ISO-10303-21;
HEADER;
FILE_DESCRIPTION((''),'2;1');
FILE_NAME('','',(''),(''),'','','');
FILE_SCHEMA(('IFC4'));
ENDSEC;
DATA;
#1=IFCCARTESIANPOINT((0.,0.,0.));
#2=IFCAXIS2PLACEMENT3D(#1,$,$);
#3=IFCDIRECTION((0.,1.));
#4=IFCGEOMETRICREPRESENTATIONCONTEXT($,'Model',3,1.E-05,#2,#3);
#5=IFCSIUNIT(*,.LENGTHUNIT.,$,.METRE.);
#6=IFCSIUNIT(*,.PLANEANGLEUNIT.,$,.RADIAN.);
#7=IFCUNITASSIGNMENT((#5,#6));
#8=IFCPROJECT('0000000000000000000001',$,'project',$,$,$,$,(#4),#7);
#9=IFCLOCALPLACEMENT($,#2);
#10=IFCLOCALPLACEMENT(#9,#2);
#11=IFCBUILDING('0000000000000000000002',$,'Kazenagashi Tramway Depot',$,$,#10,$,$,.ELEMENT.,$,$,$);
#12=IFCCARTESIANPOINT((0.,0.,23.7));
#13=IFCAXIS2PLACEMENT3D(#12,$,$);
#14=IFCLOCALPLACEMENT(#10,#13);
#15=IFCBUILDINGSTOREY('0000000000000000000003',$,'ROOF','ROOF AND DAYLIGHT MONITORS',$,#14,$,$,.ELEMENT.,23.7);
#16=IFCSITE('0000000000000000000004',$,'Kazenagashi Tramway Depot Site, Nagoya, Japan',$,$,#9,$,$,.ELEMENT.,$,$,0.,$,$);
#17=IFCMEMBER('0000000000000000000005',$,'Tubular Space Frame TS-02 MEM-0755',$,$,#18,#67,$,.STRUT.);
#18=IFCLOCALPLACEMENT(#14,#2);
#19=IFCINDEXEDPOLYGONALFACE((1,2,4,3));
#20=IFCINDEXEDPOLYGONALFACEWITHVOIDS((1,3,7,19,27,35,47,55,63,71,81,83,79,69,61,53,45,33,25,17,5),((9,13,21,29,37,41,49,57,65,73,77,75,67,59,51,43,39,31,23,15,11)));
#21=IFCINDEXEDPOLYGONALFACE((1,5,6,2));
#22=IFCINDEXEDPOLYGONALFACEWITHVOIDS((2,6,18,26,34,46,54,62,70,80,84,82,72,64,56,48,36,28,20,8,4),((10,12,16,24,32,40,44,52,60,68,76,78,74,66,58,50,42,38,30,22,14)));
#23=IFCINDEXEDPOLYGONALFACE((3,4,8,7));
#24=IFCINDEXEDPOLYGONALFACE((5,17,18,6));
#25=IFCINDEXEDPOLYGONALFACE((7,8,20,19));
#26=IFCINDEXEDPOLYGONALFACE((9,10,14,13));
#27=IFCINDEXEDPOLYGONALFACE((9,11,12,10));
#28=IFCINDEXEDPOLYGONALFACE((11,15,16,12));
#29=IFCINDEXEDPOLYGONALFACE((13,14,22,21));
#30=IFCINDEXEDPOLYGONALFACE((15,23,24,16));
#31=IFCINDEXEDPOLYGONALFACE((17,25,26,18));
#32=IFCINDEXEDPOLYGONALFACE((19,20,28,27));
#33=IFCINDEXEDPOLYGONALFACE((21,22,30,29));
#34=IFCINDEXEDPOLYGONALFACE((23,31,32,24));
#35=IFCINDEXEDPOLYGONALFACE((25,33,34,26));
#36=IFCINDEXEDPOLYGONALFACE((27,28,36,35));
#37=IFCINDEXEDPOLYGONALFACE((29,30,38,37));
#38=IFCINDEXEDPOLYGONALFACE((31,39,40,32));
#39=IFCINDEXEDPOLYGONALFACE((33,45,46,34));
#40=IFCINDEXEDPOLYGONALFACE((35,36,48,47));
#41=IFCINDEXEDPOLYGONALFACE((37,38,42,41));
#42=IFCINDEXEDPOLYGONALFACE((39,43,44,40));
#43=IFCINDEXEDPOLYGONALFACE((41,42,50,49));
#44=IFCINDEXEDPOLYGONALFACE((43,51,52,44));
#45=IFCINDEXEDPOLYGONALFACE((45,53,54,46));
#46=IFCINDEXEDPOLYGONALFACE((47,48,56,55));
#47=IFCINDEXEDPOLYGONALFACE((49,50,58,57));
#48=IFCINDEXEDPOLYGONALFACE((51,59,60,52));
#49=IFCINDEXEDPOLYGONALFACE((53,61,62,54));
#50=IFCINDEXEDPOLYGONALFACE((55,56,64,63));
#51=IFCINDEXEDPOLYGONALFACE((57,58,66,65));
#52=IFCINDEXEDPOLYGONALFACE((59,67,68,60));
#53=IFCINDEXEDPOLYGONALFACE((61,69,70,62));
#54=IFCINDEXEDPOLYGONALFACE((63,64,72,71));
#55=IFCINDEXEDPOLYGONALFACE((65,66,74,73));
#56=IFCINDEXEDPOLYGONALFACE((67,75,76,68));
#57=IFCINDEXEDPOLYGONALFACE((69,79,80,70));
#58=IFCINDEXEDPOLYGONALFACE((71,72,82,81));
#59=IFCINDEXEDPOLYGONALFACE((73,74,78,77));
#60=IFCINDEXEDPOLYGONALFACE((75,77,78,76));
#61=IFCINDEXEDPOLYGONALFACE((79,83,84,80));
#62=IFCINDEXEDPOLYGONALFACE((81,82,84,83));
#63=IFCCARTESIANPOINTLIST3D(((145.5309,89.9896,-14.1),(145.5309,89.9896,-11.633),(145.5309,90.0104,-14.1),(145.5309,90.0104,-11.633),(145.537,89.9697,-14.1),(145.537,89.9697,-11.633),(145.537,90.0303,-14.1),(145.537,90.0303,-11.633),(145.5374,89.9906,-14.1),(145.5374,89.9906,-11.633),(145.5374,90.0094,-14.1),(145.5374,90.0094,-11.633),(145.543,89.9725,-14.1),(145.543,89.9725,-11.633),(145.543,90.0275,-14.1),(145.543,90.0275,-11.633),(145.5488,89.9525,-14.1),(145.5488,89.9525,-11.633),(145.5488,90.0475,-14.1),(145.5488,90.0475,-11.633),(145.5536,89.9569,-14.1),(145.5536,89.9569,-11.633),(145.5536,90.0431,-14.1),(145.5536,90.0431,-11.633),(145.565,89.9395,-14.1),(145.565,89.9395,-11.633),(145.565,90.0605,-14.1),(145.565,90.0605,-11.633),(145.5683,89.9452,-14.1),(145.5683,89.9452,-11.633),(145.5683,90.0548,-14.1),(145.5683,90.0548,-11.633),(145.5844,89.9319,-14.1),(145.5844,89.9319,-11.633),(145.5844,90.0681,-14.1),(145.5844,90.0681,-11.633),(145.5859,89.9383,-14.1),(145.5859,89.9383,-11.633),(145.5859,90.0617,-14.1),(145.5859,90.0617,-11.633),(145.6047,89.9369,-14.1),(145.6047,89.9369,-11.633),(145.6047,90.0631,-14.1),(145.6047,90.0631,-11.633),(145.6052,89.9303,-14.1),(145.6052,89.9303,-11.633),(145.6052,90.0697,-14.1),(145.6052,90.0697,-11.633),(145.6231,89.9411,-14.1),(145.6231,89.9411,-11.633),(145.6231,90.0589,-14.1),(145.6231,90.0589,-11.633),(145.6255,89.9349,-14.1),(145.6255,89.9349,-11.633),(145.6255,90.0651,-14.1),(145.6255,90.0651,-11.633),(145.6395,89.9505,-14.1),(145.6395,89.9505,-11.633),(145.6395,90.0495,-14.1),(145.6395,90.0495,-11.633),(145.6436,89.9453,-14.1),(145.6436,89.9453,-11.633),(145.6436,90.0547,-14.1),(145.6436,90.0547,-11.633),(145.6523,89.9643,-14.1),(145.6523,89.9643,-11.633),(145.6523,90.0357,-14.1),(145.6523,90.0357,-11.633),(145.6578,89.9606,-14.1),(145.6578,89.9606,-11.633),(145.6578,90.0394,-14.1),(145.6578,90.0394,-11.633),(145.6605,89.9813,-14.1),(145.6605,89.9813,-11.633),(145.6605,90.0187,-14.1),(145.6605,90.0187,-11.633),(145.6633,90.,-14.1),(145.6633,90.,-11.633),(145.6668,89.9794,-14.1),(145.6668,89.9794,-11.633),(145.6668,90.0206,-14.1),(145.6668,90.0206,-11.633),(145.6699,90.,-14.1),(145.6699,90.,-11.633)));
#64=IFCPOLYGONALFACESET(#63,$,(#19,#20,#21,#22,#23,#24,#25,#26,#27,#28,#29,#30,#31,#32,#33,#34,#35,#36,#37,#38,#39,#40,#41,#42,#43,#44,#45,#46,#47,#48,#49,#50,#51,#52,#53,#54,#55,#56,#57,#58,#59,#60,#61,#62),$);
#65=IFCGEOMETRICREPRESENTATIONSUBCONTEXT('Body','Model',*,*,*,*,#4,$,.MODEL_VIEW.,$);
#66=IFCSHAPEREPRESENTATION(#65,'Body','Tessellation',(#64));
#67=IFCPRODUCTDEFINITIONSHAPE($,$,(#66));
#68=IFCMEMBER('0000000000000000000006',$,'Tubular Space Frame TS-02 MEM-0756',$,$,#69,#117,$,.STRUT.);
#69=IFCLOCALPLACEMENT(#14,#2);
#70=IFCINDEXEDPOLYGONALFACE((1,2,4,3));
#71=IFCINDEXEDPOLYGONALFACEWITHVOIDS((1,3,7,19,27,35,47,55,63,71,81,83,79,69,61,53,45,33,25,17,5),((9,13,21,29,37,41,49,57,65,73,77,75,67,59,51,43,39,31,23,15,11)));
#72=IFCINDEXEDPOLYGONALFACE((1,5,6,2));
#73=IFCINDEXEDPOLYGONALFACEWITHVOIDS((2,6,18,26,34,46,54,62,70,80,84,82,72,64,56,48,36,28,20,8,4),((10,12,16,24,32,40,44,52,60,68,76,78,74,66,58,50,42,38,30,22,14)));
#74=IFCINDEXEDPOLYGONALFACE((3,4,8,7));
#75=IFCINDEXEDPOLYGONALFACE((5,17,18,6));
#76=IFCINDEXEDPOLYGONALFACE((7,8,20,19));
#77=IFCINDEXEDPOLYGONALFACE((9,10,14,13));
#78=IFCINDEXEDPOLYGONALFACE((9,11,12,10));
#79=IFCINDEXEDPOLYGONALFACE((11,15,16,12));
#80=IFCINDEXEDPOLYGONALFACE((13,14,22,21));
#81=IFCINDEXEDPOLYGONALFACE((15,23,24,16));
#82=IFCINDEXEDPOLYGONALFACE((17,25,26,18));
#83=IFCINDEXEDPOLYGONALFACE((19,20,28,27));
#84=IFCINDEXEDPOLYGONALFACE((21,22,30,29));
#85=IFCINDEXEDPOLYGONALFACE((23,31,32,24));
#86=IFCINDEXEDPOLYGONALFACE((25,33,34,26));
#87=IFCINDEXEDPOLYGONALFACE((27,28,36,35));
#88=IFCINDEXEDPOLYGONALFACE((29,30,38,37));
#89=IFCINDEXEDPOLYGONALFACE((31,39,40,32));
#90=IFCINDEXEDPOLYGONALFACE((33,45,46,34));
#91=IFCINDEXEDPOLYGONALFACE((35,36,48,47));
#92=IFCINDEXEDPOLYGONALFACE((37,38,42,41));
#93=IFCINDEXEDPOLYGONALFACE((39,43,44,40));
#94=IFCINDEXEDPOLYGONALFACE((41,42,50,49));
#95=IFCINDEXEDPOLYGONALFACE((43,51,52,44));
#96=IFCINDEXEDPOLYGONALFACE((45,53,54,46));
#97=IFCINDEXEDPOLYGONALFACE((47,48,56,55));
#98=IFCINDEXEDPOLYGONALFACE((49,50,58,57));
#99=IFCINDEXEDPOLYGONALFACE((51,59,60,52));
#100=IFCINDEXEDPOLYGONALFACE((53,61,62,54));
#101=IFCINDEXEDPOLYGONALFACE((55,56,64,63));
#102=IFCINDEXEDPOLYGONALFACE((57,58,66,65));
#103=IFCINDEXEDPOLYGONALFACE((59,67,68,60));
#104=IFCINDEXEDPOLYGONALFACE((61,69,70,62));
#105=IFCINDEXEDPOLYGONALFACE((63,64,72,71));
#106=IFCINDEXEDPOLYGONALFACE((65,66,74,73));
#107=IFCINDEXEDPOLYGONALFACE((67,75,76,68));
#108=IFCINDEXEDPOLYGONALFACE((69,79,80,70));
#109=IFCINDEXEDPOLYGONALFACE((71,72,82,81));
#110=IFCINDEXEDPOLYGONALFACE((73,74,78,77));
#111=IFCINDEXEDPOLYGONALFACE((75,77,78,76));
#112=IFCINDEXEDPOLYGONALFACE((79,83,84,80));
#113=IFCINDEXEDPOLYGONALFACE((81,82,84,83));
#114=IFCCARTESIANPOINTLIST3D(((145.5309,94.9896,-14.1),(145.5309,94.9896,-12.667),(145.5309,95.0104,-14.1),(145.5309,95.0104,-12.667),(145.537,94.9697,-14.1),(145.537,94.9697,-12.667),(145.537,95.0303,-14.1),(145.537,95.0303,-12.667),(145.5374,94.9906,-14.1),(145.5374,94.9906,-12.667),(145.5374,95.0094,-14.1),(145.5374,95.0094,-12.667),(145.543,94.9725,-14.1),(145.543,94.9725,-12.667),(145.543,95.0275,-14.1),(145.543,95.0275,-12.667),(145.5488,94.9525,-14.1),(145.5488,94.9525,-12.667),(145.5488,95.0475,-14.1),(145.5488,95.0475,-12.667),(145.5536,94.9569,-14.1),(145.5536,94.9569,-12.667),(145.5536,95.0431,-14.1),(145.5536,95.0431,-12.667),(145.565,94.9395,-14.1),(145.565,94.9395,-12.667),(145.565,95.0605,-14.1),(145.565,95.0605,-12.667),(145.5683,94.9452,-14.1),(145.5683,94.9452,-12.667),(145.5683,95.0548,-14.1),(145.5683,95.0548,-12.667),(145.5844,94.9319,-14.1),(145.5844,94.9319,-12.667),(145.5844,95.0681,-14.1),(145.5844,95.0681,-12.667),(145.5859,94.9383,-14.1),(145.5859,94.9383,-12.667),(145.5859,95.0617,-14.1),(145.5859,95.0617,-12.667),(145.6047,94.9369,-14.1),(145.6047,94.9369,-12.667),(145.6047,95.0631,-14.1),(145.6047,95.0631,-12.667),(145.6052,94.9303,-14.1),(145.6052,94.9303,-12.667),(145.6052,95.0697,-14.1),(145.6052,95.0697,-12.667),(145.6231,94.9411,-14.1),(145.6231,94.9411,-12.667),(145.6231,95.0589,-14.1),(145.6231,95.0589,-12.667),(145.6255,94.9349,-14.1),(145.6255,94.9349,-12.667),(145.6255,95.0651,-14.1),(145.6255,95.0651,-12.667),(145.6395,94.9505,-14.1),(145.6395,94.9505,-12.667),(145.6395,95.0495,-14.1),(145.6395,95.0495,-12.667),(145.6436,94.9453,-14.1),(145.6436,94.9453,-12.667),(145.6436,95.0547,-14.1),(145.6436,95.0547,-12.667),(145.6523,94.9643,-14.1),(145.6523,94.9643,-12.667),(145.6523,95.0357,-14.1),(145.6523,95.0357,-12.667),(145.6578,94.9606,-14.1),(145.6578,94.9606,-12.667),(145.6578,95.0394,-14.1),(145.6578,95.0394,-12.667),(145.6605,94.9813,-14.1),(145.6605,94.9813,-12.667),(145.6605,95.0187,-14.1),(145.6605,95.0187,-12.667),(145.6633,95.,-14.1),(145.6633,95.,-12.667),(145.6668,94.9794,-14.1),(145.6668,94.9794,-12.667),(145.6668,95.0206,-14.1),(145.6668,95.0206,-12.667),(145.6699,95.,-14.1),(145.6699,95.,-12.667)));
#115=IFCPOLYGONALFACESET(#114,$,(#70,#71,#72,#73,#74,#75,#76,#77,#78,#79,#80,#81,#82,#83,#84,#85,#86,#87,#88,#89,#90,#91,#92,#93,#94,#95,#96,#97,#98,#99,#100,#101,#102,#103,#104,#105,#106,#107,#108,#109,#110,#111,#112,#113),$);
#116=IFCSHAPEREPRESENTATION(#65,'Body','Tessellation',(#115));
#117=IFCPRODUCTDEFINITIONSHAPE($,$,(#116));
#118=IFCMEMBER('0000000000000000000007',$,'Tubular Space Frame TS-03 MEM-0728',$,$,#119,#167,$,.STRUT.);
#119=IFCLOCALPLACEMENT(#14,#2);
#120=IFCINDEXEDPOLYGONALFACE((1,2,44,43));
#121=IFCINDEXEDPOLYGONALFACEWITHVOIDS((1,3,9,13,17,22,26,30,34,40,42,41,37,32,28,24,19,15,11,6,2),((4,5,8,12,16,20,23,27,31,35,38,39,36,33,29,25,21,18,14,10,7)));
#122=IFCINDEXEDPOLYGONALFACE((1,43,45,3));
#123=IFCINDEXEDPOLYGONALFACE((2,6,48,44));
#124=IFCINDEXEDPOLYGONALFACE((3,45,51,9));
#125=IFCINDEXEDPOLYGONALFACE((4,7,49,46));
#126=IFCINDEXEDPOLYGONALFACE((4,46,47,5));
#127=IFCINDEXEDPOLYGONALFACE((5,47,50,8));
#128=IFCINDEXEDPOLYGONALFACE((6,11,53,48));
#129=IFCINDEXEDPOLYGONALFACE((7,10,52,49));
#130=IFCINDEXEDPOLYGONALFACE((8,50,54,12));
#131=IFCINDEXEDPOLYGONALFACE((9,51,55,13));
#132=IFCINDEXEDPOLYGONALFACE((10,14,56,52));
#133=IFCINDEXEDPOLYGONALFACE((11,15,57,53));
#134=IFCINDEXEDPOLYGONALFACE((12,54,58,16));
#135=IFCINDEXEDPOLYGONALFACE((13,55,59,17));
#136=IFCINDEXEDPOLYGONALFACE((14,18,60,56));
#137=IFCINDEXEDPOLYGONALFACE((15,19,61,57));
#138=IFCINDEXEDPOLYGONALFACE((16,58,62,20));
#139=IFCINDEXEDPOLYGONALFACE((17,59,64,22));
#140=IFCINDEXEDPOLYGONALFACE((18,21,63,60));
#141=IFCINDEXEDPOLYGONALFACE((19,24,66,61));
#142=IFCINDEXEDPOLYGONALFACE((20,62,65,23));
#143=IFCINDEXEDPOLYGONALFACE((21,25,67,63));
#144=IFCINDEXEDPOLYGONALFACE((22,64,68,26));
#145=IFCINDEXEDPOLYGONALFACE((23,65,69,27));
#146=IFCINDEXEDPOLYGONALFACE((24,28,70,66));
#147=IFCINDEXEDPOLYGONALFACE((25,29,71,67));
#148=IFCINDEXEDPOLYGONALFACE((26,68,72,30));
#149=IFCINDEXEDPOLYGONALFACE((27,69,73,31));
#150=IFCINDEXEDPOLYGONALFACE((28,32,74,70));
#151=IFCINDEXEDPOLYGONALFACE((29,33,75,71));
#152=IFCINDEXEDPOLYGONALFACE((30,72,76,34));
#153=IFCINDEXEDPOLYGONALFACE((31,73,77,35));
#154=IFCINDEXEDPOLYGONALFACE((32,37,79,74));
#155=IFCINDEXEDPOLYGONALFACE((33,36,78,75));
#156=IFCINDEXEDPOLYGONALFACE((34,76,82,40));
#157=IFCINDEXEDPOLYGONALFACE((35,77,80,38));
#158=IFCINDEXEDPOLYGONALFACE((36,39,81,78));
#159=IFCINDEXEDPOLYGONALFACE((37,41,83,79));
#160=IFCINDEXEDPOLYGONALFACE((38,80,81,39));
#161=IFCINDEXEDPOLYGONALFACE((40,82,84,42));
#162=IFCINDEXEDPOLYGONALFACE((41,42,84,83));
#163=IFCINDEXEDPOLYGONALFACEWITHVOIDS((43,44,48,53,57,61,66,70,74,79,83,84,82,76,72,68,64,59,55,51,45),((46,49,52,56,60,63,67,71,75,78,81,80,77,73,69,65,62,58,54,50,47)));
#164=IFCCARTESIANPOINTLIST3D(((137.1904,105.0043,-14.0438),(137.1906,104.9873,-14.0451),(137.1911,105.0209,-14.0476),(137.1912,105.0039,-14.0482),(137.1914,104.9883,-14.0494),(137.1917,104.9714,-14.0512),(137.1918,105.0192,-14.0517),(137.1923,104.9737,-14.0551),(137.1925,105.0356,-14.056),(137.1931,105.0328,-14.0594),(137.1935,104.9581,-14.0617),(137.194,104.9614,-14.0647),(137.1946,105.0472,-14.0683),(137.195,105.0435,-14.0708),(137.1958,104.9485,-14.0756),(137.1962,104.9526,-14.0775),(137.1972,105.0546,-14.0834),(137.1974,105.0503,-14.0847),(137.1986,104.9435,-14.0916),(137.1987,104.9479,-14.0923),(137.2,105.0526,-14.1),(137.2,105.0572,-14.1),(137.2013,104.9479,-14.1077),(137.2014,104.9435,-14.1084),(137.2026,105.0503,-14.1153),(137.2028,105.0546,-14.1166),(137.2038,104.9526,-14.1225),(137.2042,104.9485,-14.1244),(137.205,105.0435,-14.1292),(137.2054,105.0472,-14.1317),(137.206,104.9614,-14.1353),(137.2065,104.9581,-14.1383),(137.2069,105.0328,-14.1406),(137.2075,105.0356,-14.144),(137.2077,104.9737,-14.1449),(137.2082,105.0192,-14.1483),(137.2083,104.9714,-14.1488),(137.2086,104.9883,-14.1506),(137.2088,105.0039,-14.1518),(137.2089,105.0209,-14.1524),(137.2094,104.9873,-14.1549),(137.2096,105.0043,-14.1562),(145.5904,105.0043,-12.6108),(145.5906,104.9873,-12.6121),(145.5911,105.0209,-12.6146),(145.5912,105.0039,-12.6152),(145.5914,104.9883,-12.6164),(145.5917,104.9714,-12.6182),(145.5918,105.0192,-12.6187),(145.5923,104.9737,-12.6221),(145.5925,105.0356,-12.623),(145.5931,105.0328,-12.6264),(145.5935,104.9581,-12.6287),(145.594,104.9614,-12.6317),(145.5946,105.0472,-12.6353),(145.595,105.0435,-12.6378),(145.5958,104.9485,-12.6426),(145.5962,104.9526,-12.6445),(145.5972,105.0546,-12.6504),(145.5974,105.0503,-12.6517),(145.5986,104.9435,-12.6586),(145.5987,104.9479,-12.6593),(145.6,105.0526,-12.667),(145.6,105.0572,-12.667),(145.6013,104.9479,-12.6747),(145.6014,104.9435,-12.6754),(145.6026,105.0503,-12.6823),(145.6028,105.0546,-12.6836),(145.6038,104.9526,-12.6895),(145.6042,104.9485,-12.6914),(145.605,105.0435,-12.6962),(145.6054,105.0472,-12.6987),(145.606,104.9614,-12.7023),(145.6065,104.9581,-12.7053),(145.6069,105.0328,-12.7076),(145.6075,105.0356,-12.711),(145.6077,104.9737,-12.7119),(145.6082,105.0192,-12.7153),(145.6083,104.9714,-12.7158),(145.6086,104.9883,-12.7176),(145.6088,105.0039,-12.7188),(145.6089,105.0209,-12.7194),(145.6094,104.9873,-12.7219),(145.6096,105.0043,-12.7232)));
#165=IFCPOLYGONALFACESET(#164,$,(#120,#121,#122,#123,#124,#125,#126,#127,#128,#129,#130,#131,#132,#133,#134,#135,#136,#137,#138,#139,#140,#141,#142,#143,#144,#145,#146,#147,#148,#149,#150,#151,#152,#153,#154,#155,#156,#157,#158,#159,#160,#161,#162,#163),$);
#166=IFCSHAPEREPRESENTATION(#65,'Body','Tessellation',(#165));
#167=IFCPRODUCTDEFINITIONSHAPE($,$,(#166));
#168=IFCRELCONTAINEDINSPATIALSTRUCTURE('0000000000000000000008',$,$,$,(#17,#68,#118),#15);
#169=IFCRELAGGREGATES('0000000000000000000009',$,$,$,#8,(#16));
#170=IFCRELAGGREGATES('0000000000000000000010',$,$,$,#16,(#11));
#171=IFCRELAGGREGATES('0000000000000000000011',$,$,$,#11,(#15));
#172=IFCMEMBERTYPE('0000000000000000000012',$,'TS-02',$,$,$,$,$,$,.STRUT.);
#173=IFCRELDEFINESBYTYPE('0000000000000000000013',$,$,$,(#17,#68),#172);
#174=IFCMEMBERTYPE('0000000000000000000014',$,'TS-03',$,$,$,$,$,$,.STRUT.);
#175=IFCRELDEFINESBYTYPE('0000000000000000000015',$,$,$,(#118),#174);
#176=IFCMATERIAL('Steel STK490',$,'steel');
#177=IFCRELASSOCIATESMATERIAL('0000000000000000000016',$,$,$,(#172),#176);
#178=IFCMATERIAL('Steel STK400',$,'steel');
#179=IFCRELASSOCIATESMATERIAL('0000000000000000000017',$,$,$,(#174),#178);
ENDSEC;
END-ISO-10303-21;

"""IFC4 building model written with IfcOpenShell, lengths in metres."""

from ifc_helpers import new_model, si_unit, direction, frame, origin, origin_2d, place, context, subcontext, project, spatial, hollow_circle, extrude, material, material_profile, profile_set, type_object, element, save


model = new_model("IFC4")

# Units and contexts
model_context = context("Model", 3, precision=1e-05, world=origin(), true_north=direction((0.0, 1.0)))
body_context = subcontext(model_context, "Body", "Model", "MODEL_VIEW")
ifc_project = project(units=[si_unit("LENGTHUNIT", "METRE"), si_unit("PLANEANGLEUNIT", "RADIAN")], contexts=[model_context])

# Site, building, storey
site_placement = place(None, origin())
site = spatial("IfcSite", under=ifc_project, at=site_placement, Name="Kazenagashi Tramway Depot Site, Nagoya, Japan", CompositionType="ELEMENT", RefElevation=0.0)
building_placement = place(site_placement, origin())
building = spatial("IfcBuilding", under=site, at=building_placement, Name="Kazenagashi Tramway Depot", CompositionType="ELEMENT")
storey_placement = place(building_placement, frame((0.0, 0.0, 23.7)))
storey = spatial("IfcBuildingStorey", under=building, at=storey_placement, Name="ROOF", Description="ROOF AND DAYLIGHT MONITORS", CompositionType="ELEMENT", Elevation=23.7)

# Members
ifc_material_1 = material(Name="Steel STK490", Category="steel")
ifc_material_profile_1 = material_profile(ifc_material_1, hollow_circle(Radius=0.0699, WallThickness=0.0066, at=origin_2d()), Name="CHS-139.8x6.6")
ifc_profile_set_1 = profile_set([ifc_material_profile_1], Name="Steel STK490")
member_type_1 = type_object("IfcMemberType", Name="TS-02", PredefinedType="STRUT", material=ifc_profile_set_1)
member_1_placement = place(storey_placement, frame((145.6, 90.0, -14.1), z_axis=(0.0, 0.0, 1.0), x_axis=(1.0, 0.0, 0.0)))
element("IfcMember", 1, at=member_1_placement, inside=storey, type_object=member_type_1, Name="Tubular Space Frame TS-02 MEM-0755", PredefinedType="STRUT", context=body_context, shape_type="SweptSolid", body=[
    extrude(hollow_circle(Radius=0.0699, WallThickness=0.0066, at=origin_2d()), origin(), (0.0, 0.0, 1.0), 2.467),
])
member_2_placement = place(storey_placement, frame((145.6, 95.0, -14.1), z_axis=(0.0, 0.0, 1.0), x_axis=(1.0, 0.0, 0.0)))
element("IfcMember", 2, at=member_2_placement, inside=storey, type_object=member_type_1, Name="Tubular Space Frame TS-02 MEM-0756", PredefinedType="STRUT", context=body_context, shape_type="SweptSolid", body=[
    extrude(hollow_circle(Radius=0.0699, WallThickness=0.0066, at=origin_2d()), origin(), (0.0, 0.0, 1.0), 1.433),
])
ifc_material_2 = material(Name="Steel STK400", Category="steel")
ifc_material_profile_2 = material_profile(ifc_material_2, hollow_circle(Radius=0.0571, WallThickness=0.0045, at=origin_2d()), Name="CHS-114.3x4.5")
ifc_profile_set_2 = profile_set([ifc_material_profile_2], Name="Steel STK400")
member_type_2 = type_object("IfcMemberType", Name="TS-03", PredefinedType="STRUT", material=ifc_profile_set_2)
member_3_placement = place(storey_placement, frame((137.2, 105.0, -14.1), z_axis=(0.985759, 0.0, 0.168166), x_axis=(0.0, 1.0, 0.0)))
element("IfcMember", 3, at=member_3_placement, inside=storey, type_object=member_type_2, Name="Tubular Space Frame TS-03 MEM-0728", PredefinedType="STRUT", context=body_context, shape_type="SweptSolid", body=[
    extrude(hollow_circle(Radius=0.0571, WallThickness=0.0045, at=origin_2d()), origin(), (0.0, 0.0, 1.0), 8.5214),
])

save(model, "model.ifc")
